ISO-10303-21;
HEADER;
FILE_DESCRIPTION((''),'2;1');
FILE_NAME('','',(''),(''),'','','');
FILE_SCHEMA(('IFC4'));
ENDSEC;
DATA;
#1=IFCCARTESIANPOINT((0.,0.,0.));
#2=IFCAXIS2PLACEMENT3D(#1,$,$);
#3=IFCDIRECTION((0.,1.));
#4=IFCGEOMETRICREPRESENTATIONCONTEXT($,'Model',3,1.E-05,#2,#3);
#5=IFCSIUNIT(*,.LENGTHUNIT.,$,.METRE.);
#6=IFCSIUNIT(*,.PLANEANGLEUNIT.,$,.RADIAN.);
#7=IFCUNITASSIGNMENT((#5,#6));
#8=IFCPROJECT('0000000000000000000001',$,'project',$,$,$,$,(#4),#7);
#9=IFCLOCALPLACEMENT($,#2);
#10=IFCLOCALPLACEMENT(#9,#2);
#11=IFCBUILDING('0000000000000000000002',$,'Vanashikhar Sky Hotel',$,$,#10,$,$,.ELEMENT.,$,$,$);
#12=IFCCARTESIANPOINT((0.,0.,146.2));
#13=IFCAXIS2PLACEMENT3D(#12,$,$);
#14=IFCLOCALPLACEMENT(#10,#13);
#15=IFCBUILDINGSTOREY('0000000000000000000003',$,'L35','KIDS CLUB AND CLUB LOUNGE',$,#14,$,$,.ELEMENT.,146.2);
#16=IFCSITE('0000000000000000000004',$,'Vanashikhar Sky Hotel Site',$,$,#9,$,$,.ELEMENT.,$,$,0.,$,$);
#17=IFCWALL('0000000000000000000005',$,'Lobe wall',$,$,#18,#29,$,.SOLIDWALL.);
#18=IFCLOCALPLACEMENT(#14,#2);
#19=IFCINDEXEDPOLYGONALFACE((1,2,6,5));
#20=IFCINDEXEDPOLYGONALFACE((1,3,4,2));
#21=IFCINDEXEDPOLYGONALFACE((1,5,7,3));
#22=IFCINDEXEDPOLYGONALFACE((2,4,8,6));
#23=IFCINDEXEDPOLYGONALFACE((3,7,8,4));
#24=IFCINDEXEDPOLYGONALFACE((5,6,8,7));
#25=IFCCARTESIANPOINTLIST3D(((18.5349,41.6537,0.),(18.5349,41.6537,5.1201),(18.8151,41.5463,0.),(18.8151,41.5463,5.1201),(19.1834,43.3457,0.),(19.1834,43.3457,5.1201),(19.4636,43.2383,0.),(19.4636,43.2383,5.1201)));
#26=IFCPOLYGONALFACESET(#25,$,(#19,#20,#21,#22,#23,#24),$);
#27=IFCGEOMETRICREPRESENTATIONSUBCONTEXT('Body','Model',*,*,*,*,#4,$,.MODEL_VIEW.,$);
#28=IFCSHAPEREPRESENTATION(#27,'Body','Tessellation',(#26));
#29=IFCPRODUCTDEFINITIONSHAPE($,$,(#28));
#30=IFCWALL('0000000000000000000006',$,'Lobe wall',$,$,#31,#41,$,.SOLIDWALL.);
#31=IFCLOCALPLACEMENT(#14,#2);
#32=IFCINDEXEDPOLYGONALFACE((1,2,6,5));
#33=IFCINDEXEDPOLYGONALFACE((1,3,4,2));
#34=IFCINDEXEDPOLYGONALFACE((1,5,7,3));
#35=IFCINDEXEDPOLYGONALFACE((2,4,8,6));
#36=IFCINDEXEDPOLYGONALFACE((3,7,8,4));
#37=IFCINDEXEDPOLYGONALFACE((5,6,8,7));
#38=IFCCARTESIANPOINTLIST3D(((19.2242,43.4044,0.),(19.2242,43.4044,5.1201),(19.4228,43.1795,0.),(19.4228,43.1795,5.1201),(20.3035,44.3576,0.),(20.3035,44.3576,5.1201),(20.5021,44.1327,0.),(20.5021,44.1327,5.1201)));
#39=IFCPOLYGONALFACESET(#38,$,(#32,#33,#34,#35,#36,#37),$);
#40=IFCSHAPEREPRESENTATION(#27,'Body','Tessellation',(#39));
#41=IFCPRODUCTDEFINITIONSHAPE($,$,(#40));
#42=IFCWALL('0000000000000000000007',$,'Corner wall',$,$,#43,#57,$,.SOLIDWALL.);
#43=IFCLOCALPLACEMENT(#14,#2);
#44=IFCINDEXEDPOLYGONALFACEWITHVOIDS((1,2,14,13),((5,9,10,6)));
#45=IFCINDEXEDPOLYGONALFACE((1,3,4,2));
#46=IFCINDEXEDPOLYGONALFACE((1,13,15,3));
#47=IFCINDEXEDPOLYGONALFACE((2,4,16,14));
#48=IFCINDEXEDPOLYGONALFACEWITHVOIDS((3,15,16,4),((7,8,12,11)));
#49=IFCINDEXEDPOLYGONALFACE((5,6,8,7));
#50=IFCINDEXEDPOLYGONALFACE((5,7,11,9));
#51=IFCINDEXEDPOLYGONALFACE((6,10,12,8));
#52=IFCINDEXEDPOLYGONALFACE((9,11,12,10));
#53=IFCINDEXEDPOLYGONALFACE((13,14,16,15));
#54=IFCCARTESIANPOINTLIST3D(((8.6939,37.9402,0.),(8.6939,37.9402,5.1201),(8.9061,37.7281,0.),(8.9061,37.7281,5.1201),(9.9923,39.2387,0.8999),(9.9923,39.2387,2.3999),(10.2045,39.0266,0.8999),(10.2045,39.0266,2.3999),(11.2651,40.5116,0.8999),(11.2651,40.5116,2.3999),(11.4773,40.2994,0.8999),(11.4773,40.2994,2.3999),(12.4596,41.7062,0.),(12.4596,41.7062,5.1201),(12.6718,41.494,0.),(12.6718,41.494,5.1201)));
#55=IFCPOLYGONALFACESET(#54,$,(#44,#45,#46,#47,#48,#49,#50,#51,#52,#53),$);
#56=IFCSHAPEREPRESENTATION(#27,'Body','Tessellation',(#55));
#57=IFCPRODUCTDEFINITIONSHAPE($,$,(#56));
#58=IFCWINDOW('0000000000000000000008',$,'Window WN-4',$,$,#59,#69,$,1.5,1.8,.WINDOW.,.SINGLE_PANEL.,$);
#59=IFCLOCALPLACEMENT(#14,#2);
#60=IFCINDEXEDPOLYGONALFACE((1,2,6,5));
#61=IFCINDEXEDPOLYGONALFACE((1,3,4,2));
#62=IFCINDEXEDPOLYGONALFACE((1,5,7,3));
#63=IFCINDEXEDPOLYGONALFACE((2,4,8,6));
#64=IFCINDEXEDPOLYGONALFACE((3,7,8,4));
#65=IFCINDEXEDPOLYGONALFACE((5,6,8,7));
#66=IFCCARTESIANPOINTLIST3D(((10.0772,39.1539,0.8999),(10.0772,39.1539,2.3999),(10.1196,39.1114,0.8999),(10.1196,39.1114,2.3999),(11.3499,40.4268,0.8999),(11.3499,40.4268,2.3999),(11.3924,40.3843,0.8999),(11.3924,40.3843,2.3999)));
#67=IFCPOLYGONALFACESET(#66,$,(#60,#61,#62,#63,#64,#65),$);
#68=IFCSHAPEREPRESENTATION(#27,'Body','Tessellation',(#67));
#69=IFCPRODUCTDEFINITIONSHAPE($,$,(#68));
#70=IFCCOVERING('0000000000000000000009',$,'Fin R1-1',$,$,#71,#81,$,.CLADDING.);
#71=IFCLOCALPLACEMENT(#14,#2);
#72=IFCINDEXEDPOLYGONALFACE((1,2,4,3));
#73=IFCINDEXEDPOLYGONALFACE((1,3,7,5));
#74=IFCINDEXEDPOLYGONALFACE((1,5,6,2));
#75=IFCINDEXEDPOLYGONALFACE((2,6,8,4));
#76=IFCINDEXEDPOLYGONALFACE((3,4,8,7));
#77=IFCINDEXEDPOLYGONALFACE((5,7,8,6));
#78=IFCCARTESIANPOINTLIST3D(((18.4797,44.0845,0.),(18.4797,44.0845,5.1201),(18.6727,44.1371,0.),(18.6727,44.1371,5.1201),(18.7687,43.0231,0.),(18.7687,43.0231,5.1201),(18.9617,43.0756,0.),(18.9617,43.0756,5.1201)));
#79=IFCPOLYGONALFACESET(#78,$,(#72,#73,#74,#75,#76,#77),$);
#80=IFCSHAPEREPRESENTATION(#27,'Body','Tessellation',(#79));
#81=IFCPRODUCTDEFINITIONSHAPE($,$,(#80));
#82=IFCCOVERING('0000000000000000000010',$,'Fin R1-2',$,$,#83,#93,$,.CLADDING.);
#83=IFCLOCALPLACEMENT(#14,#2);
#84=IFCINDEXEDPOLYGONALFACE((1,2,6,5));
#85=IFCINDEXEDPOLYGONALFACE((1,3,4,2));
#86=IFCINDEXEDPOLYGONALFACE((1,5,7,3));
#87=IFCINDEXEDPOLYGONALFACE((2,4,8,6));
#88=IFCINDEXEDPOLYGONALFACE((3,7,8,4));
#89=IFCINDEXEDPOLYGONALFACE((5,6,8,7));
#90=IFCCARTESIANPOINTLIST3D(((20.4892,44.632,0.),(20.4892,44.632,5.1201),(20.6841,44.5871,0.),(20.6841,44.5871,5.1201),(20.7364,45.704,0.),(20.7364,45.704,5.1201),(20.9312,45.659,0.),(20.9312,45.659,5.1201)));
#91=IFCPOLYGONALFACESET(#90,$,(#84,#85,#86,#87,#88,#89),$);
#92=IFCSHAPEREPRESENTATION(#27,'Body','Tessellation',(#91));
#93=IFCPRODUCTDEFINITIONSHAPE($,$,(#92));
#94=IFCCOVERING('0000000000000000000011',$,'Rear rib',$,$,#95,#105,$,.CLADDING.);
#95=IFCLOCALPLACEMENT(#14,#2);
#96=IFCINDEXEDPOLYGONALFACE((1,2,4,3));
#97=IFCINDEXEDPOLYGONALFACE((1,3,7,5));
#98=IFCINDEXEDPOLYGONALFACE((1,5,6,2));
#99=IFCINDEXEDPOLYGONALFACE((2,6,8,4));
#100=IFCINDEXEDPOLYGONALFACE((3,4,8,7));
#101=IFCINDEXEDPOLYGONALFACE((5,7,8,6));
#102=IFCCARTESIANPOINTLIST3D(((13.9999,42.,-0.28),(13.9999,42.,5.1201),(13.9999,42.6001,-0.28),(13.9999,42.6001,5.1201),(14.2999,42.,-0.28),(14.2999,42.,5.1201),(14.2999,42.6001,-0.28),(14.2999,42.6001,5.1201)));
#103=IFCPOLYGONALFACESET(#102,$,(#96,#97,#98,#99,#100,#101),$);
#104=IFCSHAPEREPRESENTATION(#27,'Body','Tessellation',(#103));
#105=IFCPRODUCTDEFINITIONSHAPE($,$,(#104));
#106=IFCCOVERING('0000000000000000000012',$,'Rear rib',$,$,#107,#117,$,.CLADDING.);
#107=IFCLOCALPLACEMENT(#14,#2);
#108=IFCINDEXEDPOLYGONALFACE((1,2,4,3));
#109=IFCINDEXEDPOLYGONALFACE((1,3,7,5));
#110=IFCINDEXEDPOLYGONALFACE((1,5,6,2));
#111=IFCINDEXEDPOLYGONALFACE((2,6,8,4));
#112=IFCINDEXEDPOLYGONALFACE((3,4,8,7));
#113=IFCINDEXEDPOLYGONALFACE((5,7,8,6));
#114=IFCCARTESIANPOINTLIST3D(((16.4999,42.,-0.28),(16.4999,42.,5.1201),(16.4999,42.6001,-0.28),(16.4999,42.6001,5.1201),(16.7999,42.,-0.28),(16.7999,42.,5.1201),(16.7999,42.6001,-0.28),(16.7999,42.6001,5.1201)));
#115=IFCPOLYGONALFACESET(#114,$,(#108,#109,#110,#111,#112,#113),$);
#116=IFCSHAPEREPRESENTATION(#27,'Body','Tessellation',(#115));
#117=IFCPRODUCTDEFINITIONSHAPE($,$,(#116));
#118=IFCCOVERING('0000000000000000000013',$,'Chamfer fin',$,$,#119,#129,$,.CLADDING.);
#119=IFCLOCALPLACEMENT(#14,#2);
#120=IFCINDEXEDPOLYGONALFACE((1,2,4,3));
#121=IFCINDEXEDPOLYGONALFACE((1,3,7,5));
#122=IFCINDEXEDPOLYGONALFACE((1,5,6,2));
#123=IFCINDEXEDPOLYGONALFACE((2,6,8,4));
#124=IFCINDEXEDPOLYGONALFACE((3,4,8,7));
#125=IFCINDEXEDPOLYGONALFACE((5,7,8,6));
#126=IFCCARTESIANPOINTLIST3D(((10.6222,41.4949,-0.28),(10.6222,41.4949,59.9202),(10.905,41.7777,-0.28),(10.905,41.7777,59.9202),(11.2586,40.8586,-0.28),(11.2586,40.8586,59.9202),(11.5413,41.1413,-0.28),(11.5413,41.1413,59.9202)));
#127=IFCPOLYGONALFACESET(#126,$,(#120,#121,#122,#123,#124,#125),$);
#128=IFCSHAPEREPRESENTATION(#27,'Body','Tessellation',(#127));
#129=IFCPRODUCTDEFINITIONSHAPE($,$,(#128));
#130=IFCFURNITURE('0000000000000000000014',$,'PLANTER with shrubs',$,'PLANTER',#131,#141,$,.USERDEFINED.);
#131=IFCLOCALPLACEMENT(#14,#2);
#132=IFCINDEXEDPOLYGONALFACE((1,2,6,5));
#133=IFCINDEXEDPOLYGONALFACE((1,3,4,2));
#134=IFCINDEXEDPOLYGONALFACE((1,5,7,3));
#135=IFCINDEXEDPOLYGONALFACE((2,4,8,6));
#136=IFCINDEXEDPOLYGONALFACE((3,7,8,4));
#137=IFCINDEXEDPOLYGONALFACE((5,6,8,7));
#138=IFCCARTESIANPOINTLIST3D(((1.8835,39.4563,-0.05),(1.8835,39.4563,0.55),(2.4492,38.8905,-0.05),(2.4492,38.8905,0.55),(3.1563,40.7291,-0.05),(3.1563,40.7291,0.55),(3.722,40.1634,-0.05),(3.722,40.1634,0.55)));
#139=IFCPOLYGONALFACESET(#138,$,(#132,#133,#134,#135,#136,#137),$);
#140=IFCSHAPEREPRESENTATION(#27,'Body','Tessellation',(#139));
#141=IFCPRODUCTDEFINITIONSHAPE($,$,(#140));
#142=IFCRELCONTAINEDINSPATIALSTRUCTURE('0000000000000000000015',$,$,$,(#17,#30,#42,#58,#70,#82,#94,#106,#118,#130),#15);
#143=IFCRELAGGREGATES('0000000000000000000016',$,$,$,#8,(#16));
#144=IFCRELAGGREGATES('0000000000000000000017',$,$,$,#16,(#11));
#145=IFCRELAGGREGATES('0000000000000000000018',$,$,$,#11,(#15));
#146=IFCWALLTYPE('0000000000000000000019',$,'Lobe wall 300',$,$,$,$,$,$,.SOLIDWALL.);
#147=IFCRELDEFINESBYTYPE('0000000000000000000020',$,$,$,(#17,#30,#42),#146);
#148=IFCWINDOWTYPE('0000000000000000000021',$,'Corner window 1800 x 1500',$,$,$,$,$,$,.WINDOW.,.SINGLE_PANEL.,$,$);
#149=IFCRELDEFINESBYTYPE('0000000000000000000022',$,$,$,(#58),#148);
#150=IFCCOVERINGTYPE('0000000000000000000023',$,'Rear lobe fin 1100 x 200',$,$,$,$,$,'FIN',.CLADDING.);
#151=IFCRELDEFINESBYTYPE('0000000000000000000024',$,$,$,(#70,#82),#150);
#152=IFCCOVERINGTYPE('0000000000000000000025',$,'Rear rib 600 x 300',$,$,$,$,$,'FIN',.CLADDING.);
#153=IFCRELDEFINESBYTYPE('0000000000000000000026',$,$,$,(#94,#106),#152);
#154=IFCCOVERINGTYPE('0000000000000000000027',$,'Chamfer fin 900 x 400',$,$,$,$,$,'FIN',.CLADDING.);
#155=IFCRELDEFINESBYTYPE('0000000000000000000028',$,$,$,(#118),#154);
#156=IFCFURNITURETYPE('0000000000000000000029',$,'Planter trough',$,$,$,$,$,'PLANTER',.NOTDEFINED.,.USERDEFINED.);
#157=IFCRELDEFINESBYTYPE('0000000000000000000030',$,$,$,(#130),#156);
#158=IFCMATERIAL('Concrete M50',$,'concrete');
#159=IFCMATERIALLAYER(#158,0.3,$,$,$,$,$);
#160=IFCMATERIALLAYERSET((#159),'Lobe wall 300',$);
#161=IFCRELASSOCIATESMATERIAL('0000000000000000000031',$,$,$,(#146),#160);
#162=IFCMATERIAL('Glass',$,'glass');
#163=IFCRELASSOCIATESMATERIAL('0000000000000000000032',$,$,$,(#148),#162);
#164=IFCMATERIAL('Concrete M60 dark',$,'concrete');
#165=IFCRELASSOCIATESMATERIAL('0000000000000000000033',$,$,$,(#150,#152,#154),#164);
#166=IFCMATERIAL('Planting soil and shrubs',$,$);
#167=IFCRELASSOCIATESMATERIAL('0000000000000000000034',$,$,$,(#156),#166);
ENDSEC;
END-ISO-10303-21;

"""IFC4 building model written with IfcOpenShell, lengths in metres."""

from ifc_helpers import new_model, si_unit, direction, frame, frame_2d, origin, origin_2d, place, context, subcontext, project, spatial, rectangle, extrude, source, transform, mapped, material, layer, layer_set, material_profile, profile_set, type_object, element, fill, save


model = new_model("IFC4")

# Units and contexts
model_context = context("Model", 3, precision=1e-05, world=origin(), true_north=direction((0.0, 1.0)))
body_context = subcontext(model_context, "Body", "Model", "MODEL_VIEW")
ifc_project = project(units=[si_unit("LENGTHUNIT", "METRE"), si_unit("PLANEANGLEUNIT", "RADIAN")], contexts=[model_context])

# Site, building, storey
site_placement = place(None, origin())
site = spatial("IfcSite", under=ifc_project, at=site_placement, Name="Vanashikhar Sky Hotel Site", CompositionType="ELEMENT", RefElevation=0.0)
building_placement = place(site_placement, origin())
building = spatial("IfcBuilding", under=site, at=building_placement, Name="Vanashikhar Sky Hotel", CompositionType="ELEMENT")
storey_placement = place(building_placement, frame((0.0, 0.0, 146.2)))
storey = spatial("IfcBuildingStorey", under=building, at=storey_placement, Name="L35", Description="KIDS CLUB AND CLUB LOUNGE", CompositionType="ELEMENT", Elevation=146.2)

# Shared definitions
ifc_material_1 = material(Name="Glass", Category="glass")

# Walls
ifc_material_2 = material(Name="Concrete M50", Category="concrete")
ifc_layer_1 = layer(ifc_material_2, 0.3)
ifc_layer_set_1 = layer_set([ifc_layer_1], Name="Lobe wall 300")
wall_type = type_object("IfcWallType", Name="Lobe wall 300", PredefinedType="SOLIDWALL", material=ifc_layer_set_1)
shared_shape_1 = source(origin(), body_context, "Body", "SweptSolid", [
    extrude(rectangle(XDim=1.812, YDim=0.3, at=frame_2d((0.906, 0.0))), origin(), (0.0, 0.0, 1.0), 5.1201),
])
wall_1_placement = place(storey_placement, frame((19.3235, 43.292, 0.0), z_axis=(0.0, 0.0, 1.0), x_axis=(-0.357877, -0.933769, 0.0)))
element("IfcWall", 1, at=wall_1_placement, inside=storey, type_object=wall_type, Name="Lobe wall", PredefinedType="SOLIDWALL", context=body_context, shape_type="MappedRepresentation", body=[
    mapped(shared_shape_1, transform((0.0, 0.0, 0.0), scale=1.0)),
])
shared_shape_2 = source(origin(), body_context, "Body", "SweptSolid", [
    extrude(rectangle(XDim=1.4399, YDim=0.3, at=frame_2d((0.72, 0.0))), origin(), (0.0, 0.0, 1.0), 5.1201),
])
wall_2_placement = place(storey_placement, frame((20.4028, 44.2451, 0.0), z_axis=(0.0, 0.0, 1.0), x_axis=(-0.749576, -0.661919, 0.0)))
element("IfcWall", 2, at=wall_2_placement, inside=storey, type_object=wall_type, Name="Lobe wall", PredefinedType="SOLIDWALL", context=body_context, shape_type="MappedRepresentation", body=[
    mapped(shared_shape_2, transform((0.0, 0.0, 0.0), scale=1.0)),
])

# Wall, opening, window
shared_shape_3 = source(origin(), body_context, "Body", "SweptSolid", [
    extrude(rectangle(XDim=5.3257, YDim=0.3, at=frame_2d((2.6628, 0.0))), origin(), (0.0, 0.0, 1.0), 5.1201),
])
wall_3_placement = place(storey_placement, frame((12.5657, 41.6001, 0.0), z_axis=(0.0, 0.0, 1.0), x_axis=(-0.707084, -0.70713, 0.0)))
wall_3 = element("IfcWall", 3, at=wall_3_placement, inside=storey, type_object=wall_type, Name="Corner wall", PredefinedType="SOLIDWALL", context=body_context, shape_type="MappedRepresentation", body=[
    mapped(shared_shape_3, transform((0.0, 0.0, 0.0), scale=1.0)),
])
shared_shape_4 = source(origin(), body_context, "Body", "SweptSolid", [
    extrude(rectangle(XDim=1.8, YDim=1.5, at=frame_2d((0.8999, 0.75))), frame((0.0, 0.1602, 0.0), z_axis=(0.0, -1.0, 0.0), x_axis=(1.0, 0.0, 0.0)), (0.0, 0.0, 1.0), 0.3201),
])
opening_placement = place(wall_3_placement, frame((1.6895, 0.0, 0.8999)))
opening = element("IfcOpeningElement", 4, at=opening_placement, cuts=wall_3, PredefinedType="OPENING", context=body_context, shape_type="MappedRepresentation", body=[
    mapped(shared_shape_4, transform((0.0, 0.0, 0.0), scale=1.0)),
])
window_type = type_object("IfcWindowType", Name="Corner window 1800 x 1500", PartitioningType="SINGLE_PANEL", PredefinedType="WINDOW", material=ifc_material_1)
shared_shape_5 = source(origin(), body_context, "Body", "SweptSolid", [
    extrude(rectangle(XDim=1.8, YDim=1.5, at=frame_2d((0.8999, 0.75))), frame((0.0, 0.03, 0.0), z_axis=(0.0, -1.0, 0.0), x_axis=(1.0, 0.0, 0.0)), (0.0, 0.0, 1.0), 0.0601),
])
window_placement = place(opening_placement, origin())
window = element("IfcWindow", 5, at=window_placement, inside=storey, type_object=window_type, Name="Window WN-4", OverallHeight=1.5, OverallWidth=1.8, PartitioningType="SINGLE_PANEL", PredefinedType="WINDOW", context=body_context, shape_type="MappedRepresentation", body=[
    mapped(shared_shape_5, transform((0.0, 0.0, 0.0), scale=1.0)),
])
fill(opening, window)

# Coverings
ifc_material_3 = material(Name="Concrete M60 dark", Category="concrete")
ifc_material_profile_1 = material_profile(ifc_material_3, rectangle(XDim=1.1001, YDim=0.2, at=origin_2d()))
ifc_profile_set_1 = profile_set([ifc_material_profile_1], Name="Rear lobe fin 1100 x 200")
covering_type_1 = type_object("IfcCoveringType", Name="Rear lobe fin 1100 x 200", ElementType="FIN", PredefinedType="CLADDING", material=ifc_profile_set_1)
shared_shape_6 = source(origin(), body_context, "Body", "SweptSolid", [
    extrude(rectangle(XDim=1.1001, YDim=0.2, at=origin_2d()), origin(), (0.0, 0.0, 1.0), 5.1201),
])
for number, where, z_axis, x_axis, name in (
    (6, (18.7207, 43.5801, 0.0), (0.0, 0.0, 1.0), (-0.262711, 0.964874, 0.0), "Fin R1-1"),
    (7, (20.7102, 45.1455, 0.0), (0.0, 0.0, 1.0), (0.224645, 0.974441, 0.0), "Fin R1-2"),
):
    element("IfcCovering", number, at=place(storey_placement, frame(where, z_axis=z_axis, x_axis=x_axis)), inside=storey, type_object=covering_type_1, Name=name, PredefinedType="CLADDING", context=body_context, shape_type="MappedRepresentation", body=[
        mapped(shared_shape_6, transform((0.0, 0.0, 0.0), scale=1.0)),
    ])
ifc_material_profile_2 = material_profile(ifc_material_3, rectangle(XDim=0.6001, YDim=0.3, at=origin_2d()))
ifc_profile_set_2 = profile_set([ifc_material_profile_2], Name="Rear rib 600 x 300")
covering_type_2 = type_object("IfcCoveringType", Name="Rear rib 600 x 300", ElementType="FIN", PredefinedType="CLADDING", material=ifc_profile_set_2)
shared_shape_7 = source(origin(), body_context, "Body", "SweptSolid", [
    extrude(rectangle(XDim=0.6001, YDim=0.3, at=origin_2d()), origin(), (0.0, 0.0, 1.0), 5.4001),
])
for number, where, z_axis, x_axis, name in (
    (8, (14.1499, 42.3, -0.28), (0.0, 0.0, 1.0), (0.0, 1.0, 0.0), "Rear rib"),
    (9, (16.6499, 42.3, -0.28), (0.0, 0.0, 1.0), (0.0, 1.0, 0.0), "Rear rib"),
):
    element("IfcCovering", number, at=place(storey_placement, frame(where, z_axis=z_axis, x_axis=x_axis)), inside=storey, type_object=covering_type_2, Name=name, PredefinedType="CLADDING", context=body_context, shape_type="MappedRepresentation", body=[
        mapped(shared_shape_7, transform((0.0, 0.0, 0.0), scale=1.0)),
    ])
ifc_material_profile_3 = material_profile(ifc_material_3, rectangle(XDim=0.8999, YDim=0.3999, at=origin_2d()))
ifc_profile_set_3 = profile_set([ifc_material_profile_3], Name="Chamfer fin 900 x 400")
covering_type_3 = type_object("IfcCoveringType", Name="Chamfer fin 900 x 400", ElementType="FIN", PredefinedType="CLADDING", material=ifc_profile_set_3)
shared_shape_8 = source(origin(), body_context, "Body", "SweptSolid", [
    extrude(rectangle(XDim=0.8999, YDim=0.3999, at=origin_2d()), origin(), (0.0, 0.0, 1.0), 60.2002),
])
covering_placement = place(storey_placement, frame((11.0818, 41.3181, -0.28), z_axis=(0.0, 0.0, 1.0), x_axis=(-0.707107, 0.707107, 0.0)))
element("IfcCovering", 10, at=covering_placement, inside=storey, type_object=covering_type_3, Name="Chamfer fin", PredefinedType="CLADDING", context=body_context, shape_type="MappedRepresentation", body=[
    mapped(shared_shape_8, transform((0.0, 0.0, 0.0), scale=1.0)),
])

# Furniture
ifc_material_4 = material(Name="Planting soil and shrubs")
furniture_type = type_object("IfcFurnitureType", Name="Planter trough", ElementType="PLANTER", AssemblyPlace="NOTDEFINED", PredefinedType="USERDEFINED", material=ifc_material_4)
shared_shape_9 = source(origin(), body_context, "Body", "SweptSolid", [
    extrude(rectangle(XDim=1.8, YDim=0.8, at=origin_2d()), origin(), (0.0, 0.0, 1.0), 0.6001),
])
furniture_placement = place(storey_placement, frame((2.8027, 39.8098, -0.05), z_axis=(0.0, 0.0, 1.0), x_axis=(0.707107, 0.707107, 0.0)))
element("IfcFurniture", 11, at=furniture_placement, inside=storey, type_object=furniture_type, Name="PLANTER with shrubs", ObjectType="PLANTER", PredefinedType="USERDEFINED", context=body_context, shape_type="MappedRepresentation", body=[
    mapped(shared_shape_9, transform((0.0, 0.0, 0.0), scale=1.0)),
])

save(model, "model.ifc")
